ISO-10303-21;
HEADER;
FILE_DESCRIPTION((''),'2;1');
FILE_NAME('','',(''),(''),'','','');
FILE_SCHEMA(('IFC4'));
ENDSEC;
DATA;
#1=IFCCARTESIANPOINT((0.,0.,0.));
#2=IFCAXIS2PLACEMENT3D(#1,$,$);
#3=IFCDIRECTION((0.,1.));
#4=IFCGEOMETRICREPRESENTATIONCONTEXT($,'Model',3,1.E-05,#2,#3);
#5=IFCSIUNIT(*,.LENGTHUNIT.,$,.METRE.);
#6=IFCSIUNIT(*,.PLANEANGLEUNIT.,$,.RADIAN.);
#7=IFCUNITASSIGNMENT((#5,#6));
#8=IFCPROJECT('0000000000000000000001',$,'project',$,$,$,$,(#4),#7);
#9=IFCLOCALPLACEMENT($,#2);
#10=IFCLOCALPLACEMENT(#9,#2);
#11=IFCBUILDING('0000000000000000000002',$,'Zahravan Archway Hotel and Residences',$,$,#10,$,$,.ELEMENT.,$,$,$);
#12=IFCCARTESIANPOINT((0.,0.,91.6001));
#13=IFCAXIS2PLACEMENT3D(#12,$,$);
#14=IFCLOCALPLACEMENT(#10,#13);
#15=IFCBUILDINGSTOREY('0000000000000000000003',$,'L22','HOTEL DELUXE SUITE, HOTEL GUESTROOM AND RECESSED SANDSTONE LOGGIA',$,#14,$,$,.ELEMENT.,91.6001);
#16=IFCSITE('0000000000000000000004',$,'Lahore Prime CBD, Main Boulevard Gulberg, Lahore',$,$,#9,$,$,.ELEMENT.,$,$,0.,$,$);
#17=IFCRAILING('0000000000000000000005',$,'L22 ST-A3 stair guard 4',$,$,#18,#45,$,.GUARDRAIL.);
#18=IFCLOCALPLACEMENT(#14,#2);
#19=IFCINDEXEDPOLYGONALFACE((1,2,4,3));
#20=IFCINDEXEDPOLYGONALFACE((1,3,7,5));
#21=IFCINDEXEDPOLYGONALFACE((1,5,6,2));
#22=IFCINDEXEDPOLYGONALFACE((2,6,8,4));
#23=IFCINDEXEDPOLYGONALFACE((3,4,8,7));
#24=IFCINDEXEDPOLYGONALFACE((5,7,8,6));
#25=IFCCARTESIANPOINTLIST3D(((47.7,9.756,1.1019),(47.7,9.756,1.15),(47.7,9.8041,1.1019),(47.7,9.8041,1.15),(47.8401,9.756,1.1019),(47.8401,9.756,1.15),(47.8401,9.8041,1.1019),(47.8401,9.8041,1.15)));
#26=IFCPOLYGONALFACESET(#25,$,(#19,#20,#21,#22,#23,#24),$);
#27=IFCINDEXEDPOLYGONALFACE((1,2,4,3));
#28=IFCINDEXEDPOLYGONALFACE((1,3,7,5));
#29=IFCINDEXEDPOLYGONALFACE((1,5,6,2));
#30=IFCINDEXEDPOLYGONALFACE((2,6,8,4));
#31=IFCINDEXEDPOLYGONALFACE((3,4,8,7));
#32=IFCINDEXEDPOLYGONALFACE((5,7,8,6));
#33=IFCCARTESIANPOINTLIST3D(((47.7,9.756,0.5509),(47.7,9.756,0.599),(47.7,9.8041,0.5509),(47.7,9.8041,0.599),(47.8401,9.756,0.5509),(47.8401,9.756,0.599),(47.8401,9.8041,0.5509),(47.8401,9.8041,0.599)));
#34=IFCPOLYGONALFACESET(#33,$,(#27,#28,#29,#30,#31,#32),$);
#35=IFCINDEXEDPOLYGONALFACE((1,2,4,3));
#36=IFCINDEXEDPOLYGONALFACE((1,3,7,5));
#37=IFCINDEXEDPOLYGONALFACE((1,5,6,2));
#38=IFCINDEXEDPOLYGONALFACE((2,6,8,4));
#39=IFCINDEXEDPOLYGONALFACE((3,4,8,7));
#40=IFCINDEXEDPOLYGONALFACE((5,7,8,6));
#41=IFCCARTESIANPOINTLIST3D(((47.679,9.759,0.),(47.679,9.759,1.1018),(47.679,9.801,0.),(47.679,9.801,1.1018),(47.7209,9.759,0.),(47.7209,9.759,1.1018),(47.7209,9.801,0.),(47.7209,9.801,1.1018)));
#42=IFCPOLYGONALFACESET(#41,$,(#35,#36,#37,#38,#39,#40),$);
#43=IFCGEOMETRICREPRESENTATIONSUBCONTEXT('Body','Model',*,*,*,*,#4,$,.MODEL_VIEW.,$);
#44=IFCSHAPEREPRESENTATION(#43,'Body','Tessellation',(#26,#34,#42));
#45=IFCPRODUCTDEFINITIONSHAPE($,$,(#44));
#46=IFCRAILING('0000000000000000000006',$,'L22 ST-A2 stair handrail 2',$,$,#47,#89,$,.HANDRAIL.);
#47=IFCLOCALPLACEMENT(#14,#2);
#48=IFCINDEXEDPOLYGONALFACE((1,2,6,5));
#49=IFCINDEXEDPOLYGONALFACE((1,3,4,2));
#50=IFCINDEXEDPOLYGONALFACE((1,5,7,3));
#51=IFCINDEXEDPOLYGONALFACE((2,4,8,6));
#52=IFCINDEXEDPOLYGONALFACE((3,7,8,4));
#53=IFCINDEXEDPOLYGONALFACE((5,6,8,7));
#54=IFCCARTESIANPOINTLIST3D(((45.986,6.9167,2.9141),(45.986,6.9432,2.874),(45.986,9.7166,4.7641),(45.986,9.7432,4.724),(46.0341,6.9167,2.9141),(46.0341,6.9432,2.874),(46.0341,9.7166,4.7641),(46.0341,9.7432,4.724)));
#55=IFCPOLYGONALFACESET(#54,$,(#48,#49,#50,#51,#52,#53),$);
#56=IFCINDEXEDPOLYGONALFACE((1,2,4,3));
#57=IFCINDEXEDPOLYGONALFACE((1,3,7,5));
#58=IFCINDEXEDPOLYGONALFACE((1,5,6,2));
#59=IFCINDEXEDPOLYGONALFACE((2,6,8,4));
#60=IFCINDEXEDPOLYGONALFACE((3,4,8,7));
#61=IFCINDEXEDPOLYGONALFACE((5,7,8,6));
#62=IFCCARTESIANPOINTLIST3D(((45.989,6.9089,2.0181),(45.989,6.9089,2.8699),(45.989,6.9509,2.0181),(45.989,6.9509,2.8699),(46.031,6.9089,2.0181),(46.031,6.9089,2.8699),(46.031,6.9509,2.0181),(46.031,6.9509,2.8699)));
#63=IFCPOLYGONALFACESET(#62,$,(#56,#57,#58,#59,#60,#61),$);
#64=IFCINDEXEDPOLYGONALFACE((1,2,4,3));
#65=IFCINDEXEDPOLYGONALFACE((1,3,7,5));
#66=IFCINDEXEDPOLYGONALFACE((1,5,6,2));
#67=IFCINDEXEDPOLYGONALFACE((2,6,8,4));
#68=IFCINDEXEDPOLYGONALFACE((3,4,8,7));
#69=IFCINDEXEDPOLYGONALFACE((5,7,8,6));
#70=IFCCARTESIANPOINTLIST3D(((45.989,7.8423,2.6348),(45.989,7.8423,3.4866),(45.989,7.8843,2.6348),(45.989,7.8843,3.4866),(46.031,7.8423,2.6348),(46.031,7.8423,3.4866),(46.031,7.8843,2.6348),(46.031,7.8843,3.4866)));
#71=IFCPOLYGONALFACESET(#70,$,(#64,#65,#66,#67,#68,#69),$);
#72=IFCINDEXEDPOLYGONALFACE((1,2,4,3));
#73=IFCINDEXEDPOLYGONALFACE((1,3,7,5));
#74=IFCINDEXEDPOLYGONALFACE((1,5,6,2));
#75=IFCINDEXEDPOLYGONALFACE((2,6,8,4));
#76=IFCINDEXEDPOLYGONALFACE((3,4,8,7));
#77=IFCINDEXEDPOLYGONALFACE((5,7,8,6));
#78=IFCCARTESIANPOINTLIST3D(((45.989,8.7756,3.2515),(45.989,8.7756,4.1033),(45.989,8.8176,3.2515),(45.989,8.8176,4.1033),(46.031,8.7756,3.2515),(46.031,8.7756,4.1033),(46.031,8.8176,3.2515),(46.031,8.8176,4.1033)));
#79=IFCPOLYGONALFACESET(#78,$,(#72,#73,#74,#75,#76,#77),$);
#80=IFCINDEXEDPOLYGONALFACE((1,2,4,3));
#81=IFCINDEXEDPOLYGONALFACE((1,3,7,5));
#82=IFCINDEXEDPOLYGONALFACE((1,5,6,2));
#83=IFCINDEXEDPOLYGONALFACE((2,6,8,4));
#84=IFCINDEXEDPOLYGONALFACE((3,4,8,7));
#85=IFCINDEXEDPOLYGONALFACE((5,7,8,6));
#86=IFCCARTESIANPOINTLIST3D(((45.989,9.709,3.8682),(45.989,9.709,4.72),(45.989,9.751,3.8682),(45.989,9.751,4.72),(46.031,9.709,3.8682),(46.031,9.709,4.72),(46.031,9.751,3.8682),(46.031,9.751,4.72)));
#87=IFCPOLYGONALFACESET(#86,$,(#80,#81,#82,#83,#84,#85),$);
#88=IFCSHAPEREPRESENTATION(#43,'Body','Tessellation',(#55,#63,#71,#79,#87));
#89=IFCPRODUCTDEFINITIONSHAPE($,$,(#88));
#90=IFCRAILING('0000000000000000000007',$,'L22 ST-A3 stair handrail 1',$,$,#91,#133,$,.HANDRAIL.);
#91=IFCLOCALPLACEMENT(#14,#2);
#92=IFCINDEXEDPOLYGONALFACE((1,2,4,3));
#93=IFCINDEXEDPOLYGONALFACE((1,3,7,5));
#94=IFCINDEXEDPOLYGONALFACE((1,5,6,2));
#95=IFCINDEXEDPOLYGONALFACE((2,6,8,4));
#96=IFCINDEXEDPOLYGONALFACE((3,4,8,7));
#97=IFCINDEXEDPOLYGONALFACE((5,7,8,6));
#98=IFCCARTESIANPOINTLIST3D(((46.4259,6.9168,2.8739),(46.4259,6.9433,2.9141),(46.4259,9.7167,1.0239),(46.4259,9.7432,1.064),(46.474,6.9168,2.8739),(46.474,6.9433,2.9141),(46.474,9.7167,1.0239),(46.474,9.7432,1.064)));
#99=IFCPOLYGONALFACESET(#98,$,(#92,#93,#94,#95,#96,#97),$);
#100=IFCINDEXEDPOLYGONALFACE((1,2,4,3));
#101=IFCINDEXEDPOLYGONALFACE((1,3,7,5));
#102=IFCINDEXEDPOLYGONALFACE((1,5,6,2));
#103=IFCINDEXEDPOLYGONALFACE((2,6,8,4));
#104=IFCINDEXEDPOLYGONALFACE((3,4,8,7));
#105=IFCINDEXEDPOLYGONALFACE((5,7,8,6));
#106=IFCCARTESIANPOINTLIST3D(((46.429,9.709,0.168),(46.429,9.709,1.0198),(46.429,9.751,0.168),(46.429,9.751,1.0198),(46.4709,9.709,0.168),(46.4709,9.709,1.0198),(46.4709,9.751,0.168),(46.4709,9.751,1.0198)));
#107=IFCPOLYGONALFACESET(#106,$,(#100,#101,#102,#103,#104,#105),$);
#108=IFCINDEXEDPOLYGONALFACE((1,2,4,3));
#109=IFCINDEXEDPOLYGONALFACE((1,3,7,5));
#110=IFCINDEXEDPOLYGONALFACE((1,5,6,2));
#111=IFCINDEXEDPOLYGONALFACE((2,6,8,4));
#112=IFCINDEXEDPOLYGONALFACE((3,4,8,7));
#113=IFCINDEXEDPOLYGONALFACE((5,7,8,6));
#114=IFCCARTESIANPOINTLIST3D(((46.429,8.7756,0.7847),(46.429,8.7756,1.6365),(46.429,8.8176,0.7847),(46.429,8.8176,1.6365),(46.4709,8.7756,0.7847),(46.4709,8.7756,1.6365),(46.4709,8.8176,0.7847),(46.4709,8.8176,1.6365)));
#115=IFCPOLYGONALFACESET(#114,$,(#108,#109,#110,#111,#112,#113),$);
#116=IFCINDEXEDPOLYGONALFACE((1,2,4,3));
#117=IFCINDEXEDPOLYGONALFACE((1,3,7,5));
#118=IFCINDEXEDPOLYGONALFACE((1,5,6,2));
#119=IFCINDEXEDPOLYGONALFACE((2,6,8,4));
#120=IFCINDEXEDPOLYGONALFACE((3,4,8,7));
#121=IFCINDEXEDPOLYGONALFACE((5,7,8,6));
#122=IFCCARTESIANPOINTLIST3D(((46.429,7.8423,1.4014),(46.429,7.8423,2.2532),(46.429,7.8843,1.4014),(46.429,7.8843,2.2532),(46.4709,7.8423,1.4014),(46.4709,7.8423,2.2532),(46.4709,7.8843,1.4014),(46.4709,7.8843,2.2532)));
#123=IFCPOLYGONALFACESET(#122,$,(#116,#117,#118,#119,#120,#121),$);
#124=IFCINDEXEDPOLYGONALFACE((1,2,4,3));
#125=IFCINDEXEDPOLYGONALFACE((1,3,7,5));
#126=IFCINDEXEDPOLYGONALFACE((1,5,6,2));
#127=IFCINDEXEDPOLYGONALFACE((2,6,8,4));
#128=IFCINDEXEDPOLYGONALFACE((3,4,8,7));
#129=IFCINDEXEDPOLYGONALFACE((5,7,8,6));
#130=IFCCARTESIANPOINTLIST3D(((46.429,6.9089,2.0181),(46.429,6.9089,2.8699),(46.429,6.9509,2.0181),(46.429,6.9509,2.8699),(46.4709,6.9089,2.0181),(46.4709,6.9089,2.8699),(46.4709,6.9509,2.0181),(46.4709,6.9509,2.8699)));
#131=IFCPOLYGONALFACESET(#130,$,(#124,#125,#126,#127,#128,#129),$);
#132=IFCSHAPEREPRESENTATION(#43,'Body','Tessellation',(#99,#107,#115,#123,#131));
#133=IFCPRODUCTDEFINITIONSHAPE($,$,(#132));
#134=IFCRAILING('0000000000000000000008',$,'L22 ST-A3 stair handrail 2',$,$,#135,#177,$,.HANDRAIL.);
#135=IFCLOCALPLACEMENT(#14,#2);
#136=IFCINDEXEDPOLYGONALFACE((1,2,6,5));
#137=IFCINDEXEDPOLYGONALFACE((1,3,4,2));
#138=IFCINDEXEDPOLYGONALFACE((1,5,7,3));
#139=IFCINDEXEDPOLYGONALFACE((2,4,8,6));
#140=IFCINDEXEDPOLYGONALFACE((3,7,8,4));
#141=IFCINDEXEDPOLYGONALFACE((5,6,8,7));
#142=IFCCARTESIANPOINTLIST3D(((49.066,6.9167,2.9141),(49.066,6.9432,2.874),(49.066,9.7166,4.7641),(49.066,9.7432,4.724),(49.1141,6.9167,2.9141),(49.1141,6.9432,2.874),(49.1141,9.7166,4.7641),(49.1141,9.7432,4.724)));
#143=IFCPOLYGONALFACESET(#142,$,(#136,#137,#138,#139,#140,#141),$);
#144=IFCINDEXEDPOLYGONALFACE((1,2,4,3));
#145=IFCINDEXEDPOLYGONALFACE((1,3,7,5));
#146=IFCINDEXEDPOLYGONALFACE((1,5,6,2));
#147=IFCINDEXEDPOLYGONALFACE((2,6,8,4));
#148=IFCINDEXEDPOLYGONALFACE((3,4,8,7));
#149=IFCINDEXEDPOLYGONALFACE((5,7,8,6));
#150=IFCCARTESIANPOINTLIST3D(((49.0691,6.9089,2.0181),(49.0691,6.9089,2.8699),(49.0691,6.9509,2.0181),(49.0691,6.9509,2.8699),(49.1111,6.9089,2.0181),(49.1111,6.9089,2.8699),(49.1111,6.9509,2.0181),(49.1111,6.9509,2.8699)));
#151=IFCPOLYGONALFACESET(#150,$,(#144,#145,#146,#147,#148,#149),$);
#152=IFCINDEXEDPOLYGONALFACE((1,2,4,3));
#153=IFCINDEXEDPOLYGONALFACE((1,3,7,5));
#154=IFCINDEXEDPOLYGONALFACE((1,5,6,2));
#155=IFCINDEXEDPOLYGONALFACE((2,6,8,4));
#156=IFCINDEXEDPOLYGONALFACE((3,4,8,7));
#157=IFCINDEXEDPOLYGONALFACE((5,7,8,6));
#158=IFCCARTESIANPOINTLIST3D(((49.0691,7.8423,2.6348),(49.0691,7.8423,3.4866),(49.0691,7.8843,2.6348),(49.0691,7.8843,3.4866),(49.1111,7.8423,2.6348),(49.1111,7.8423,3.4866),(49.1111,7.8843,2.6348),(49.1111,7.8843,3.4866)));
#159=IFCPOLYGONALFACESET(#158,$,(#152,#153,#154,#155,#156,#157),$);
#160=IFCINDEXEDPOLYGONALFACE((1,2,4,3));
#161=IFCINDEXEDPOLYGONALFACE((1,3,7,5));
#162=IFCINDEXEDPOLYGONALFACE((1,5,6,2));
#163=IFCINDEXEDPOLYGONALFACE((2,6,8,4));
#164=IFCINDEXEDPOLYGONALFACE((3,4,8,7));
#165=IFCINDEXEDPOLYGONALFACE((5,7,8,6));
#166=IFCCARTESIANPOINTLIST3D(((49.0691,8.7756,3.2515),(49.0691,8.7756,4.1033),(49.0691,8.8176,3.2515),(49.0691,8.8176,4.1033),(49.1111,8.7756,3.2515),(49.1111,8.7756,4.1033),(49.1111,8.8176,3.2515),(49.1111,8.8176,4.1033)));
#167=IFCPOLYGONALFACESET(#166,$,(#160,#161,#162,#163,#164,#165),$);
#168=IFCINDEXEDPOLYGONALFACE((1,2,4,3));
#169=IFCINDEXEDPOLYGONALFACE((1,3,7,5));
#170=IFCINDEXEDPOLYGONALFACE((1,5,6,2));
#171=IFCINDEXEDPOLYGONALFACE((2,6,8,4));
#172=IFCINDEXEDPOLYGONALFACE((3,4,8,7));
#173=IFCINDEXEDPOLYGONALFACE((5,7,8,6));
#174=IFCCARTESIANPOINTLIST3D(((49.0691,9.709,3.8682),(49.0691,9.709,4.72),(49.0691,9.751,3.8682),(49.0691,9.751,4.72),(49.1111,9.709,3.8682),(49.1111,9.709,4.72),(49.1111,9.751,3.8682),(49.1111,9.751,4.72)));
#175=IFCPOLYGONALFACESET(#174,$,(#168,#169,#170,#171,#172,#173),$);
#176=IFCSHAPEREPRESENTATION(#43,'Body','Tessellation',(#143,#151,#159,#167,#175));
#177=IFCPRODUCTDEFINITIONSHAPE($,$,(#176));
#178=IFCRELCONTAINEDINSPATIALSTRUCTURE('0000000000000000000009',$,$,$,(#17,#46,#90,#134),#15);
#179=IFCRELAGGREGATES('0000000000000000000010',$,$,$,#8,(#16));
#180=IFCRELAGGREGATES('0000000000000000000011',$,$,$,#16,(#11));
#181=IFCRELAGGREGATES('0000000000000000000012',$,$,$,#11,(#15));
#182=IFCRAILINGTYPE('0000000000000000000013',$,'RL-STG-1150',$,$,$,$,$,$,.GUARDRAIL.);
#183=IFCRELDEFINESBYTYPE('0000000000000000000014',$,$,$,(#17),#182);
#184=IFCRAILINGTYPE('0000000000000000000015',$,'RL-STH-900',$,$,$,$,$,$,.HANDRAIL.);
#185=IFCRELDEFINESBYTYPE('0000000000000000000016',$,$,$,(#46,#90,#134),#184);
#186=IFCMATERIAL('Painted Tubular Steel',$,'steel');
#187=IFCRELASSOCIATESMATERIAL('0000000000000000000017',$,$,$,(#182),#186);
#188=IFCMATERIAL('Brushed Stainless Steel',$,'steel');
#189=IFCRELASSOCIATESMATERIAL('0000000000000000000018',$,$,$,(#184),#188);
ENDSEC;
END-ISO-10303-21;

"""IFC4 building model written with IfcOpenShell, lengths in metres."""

from ifc_helpers import new_model, si_unit, direction, frame, origin, origin_2d, place, context, subcontext, project, spatial, rectangle, extrude, material, type_object, element, save


model = new_model("IFC4")

# Units and contexts
model_context = context("Model", 3, precision=1e-05, world=origin(), true_north=direction((0.0, 1.0)))
body_context = subcontext(model_context, "Body", "Model", "MODEL_VIEW")
ifc_project = project(units=[si_unit("LENGTHUNIT", "METRE"), si_unit("PLANEANGLEUNIT", "RADIAN")], contexts=[model_context])

# Site, building, storey
site_placement = place(None, origin())
site = spatial("IfcSite", under=ifc_project, at=site_placement, Name="Lahore Prime CBD, Main Boulevard Gulberg, Lahore", CompositionType="ELEMENT", RefElevation=0.0)
building_placement = place(site_placement, origin())
building = spatial("IfcBuilding", under=site, at=building_placement, Name="Zahravan Archway Hotel and Residences", CompositionType="ELEMENT")
storey_placement = place(building_placement, frame((0.0, 0.0, 91.6001)))
storey = spatial("IfcBuildingStorey", under=building, at=storey_placement, Name="L22", Description="HOTEL DELUXE SUITE, HOTEL GUESTROOM AND RECESSED SANDSTONE LOGGIA", CompositionType="ELEMENT", Elevation=91.6001)

# Railings
ifc_material_1 = material(Name="Painted Tubular Steel", Category="steel")
railing_type_1 = type_object("IfcRailingType", Name="RL-STG-1150", PredefinedType="GUARDRAIL", material=ifc_material_1)
railing_1_placement = place(storey_placement, frame((47.7, 9.78, 0.0)))
element("IfcRailing", 1, at=railing_1_placement, inside=storey, type_object=railing_type_1, Name="L22 ST-A3 stair guard 4", PredefinedType="GUARDRAIL", context=body_context, shape_type="SweptSolid", body=[
    extrude(rectangle(XDim=0.0481, YDim=0.0481, at=origin_2d()), frame((0.0, 0.0, 1.126), z_axis=(1.0, 0.0, 0.0), x_axis=(0.0, 1.0, 0.0)), (0.0, 0.0, 1.0), 0.1401),
    extrude(rectangle(XDim=0.0481, YDim=0.0481, at=origin_2d()), frame((0.0, 0.0, 0.575), z_axis=(1.0, 0.0, 0.0), x_axis=(0.0, 1.0, 0.0)), (0.0, 0.0, 1.0), 0.1401),
    extrude(rectangle(XDim=0.042, YDim=0.042, at=origin_2d()), origin(), (0.0, 0.0, 1.0), 1.1018),
])
ifc_material_2 = material(Name="Brushed Stainless Steel", Category="steel")
railing_type_2 = type_object("IfcRailingType", Name="RL-STH-900", PredefinedType="HANDRAIL", material=ifc_material_2)
railing_2_placement = place(storey_placement, frame((46.01, 6.9299, 2.0181)))
element("IfcRailing", 2, at=railing_2_placement, inside=storey, type_object=railing_type_2, Name="L22 ST-A2 stair handrail 2", PredefinedType="HANDRAIL", context=body_context, shape_type="SweptSolid", body=[
    extrude(rectangle(XDim=0.0481, YDim=0.0481, at=origin_2d()), frame((0.0, 0.0, 0.876), z_axis=(0.0, 0.834326, 0.551271), x_axis=(-1.0, 0.0, 0.0)), (0.0, 0.0, 1.0), 3.356),
    extrude(rectangle(XDim=0.042, YDim=0.042, at=origin_2d()), origin(), (0.0, 0.0, 1.0), 0.8518),
    extrude(rectangle(XDim=0.042, YDim=0.042, at=origin_2d()), frame((0.0, 0.9333, 0.6167)), (0.0, 0.0, 1.0), 0.8518),
    extrude(rectangle(XDim=0.042, YDim=0.042, at=origin_2d()), frame((0.0, 1.8667, 1.2334)), (0.0, 0.0, 1.0), 0.8518),
    extrude(rectangle(XDim=0.042, YDim=0.042, at=origin_2d()), frame((0.0, 2.8, 1.8501)), (0.0, 0.0, 1.0), 0.8518),
])
railing_3_placement = place(storey_placement, frame((46.45, 9.73, 0.168)))
element("IfcRailing", 3, at=railing_3_placement, inside=storey, type_object=railing_type_2, Name="L22 ST-A3 stair handrail 1", PredefinedType="HANDRAIL", context=body_context, shape_type="SweptSolid", body=[
    extrude(rectangle(XDim=0.0481, YDim=0.0481, at=origin_2d()), frame((0.0, 0.0, 0.876), z_axis=(0.0, -0.834326, 0.551271), x_axis=(1.0, 0.0, 0.0)), (0.0, 0.0, 1.0), 3.356),
    extrude(rectangle(XDim=0.042, YDim=0.042, at=origin_2d()), origin(), (0.0, 0.0, 1.0), 0.8518),
    extrude(rectangle(XDim=0.042, YDim=0.042, at=origin_2d()), frame((0.0, -0.9333, 0.6167)), (0.0, 0.0, 1.0), 0.8518),
    extrude(rectangle(XDim=0.042, YDim=0.042, at=origin_2d()), frame((0.0, -1.8667, 1.2334)), (0.0, 0.0, 1.0), 0.8518),
    extrude(rectangle(XDim=0.042, YDim=0.042, at=origin_2d()), frame((0.0, -2.8, 1.8501)), (0.0, 0.0, 1.0), 0.8518),
])
railing_4_placement = place(storey_placement, frame((49.0901, 6.9299, 2.0181)))
element("IfcRailing", 4, at=railing_4_placement, inside=storey, type_object=railing_type_2, Name="L22 ST-A3 stair handrail 2", PredefinedType="HANDRAIL", context=body_context, shape_type="SweptSolid", body=[
    extrude(rectangle(XDim=0.0481, YDim=0.0481, at=origin_2d()), frame((0.0, 0.0, 0.876), z_axis=(0.0, 0.834326, 0.551271), x_axis=(-1.0, 0.0, 0.0)), (0.0, 0.0, 1.0), 3.356),
    extrude(rectangle(XDim=0.042, YDim=0.042, at=origin_2d()), origin(), (0.0, 0.0, 1.0), 0.8518),
    extrude(rectangle(XDim=0.042, YDim=0.042, at=origin_2d()), frame((0.0, 0.9333, 0.6167)), (0.0, 0.0, 1.0), 0.8518),
    extrude(rectangle(XDim=0.042, YDim=0.042, at=origin_2d()), frame((0.0, 1.8667, 1.2334)), (0.0, 0.0, 1.0), 0.8518),
    extrude(rectangle(XDim=0.042, YDim=0.042, at=origin_2d()), frame((0.0, 2.8, 1.8501)), (0.0, 0.0, 1.0), 0.8518),
])

save(model, "model.ifc")
